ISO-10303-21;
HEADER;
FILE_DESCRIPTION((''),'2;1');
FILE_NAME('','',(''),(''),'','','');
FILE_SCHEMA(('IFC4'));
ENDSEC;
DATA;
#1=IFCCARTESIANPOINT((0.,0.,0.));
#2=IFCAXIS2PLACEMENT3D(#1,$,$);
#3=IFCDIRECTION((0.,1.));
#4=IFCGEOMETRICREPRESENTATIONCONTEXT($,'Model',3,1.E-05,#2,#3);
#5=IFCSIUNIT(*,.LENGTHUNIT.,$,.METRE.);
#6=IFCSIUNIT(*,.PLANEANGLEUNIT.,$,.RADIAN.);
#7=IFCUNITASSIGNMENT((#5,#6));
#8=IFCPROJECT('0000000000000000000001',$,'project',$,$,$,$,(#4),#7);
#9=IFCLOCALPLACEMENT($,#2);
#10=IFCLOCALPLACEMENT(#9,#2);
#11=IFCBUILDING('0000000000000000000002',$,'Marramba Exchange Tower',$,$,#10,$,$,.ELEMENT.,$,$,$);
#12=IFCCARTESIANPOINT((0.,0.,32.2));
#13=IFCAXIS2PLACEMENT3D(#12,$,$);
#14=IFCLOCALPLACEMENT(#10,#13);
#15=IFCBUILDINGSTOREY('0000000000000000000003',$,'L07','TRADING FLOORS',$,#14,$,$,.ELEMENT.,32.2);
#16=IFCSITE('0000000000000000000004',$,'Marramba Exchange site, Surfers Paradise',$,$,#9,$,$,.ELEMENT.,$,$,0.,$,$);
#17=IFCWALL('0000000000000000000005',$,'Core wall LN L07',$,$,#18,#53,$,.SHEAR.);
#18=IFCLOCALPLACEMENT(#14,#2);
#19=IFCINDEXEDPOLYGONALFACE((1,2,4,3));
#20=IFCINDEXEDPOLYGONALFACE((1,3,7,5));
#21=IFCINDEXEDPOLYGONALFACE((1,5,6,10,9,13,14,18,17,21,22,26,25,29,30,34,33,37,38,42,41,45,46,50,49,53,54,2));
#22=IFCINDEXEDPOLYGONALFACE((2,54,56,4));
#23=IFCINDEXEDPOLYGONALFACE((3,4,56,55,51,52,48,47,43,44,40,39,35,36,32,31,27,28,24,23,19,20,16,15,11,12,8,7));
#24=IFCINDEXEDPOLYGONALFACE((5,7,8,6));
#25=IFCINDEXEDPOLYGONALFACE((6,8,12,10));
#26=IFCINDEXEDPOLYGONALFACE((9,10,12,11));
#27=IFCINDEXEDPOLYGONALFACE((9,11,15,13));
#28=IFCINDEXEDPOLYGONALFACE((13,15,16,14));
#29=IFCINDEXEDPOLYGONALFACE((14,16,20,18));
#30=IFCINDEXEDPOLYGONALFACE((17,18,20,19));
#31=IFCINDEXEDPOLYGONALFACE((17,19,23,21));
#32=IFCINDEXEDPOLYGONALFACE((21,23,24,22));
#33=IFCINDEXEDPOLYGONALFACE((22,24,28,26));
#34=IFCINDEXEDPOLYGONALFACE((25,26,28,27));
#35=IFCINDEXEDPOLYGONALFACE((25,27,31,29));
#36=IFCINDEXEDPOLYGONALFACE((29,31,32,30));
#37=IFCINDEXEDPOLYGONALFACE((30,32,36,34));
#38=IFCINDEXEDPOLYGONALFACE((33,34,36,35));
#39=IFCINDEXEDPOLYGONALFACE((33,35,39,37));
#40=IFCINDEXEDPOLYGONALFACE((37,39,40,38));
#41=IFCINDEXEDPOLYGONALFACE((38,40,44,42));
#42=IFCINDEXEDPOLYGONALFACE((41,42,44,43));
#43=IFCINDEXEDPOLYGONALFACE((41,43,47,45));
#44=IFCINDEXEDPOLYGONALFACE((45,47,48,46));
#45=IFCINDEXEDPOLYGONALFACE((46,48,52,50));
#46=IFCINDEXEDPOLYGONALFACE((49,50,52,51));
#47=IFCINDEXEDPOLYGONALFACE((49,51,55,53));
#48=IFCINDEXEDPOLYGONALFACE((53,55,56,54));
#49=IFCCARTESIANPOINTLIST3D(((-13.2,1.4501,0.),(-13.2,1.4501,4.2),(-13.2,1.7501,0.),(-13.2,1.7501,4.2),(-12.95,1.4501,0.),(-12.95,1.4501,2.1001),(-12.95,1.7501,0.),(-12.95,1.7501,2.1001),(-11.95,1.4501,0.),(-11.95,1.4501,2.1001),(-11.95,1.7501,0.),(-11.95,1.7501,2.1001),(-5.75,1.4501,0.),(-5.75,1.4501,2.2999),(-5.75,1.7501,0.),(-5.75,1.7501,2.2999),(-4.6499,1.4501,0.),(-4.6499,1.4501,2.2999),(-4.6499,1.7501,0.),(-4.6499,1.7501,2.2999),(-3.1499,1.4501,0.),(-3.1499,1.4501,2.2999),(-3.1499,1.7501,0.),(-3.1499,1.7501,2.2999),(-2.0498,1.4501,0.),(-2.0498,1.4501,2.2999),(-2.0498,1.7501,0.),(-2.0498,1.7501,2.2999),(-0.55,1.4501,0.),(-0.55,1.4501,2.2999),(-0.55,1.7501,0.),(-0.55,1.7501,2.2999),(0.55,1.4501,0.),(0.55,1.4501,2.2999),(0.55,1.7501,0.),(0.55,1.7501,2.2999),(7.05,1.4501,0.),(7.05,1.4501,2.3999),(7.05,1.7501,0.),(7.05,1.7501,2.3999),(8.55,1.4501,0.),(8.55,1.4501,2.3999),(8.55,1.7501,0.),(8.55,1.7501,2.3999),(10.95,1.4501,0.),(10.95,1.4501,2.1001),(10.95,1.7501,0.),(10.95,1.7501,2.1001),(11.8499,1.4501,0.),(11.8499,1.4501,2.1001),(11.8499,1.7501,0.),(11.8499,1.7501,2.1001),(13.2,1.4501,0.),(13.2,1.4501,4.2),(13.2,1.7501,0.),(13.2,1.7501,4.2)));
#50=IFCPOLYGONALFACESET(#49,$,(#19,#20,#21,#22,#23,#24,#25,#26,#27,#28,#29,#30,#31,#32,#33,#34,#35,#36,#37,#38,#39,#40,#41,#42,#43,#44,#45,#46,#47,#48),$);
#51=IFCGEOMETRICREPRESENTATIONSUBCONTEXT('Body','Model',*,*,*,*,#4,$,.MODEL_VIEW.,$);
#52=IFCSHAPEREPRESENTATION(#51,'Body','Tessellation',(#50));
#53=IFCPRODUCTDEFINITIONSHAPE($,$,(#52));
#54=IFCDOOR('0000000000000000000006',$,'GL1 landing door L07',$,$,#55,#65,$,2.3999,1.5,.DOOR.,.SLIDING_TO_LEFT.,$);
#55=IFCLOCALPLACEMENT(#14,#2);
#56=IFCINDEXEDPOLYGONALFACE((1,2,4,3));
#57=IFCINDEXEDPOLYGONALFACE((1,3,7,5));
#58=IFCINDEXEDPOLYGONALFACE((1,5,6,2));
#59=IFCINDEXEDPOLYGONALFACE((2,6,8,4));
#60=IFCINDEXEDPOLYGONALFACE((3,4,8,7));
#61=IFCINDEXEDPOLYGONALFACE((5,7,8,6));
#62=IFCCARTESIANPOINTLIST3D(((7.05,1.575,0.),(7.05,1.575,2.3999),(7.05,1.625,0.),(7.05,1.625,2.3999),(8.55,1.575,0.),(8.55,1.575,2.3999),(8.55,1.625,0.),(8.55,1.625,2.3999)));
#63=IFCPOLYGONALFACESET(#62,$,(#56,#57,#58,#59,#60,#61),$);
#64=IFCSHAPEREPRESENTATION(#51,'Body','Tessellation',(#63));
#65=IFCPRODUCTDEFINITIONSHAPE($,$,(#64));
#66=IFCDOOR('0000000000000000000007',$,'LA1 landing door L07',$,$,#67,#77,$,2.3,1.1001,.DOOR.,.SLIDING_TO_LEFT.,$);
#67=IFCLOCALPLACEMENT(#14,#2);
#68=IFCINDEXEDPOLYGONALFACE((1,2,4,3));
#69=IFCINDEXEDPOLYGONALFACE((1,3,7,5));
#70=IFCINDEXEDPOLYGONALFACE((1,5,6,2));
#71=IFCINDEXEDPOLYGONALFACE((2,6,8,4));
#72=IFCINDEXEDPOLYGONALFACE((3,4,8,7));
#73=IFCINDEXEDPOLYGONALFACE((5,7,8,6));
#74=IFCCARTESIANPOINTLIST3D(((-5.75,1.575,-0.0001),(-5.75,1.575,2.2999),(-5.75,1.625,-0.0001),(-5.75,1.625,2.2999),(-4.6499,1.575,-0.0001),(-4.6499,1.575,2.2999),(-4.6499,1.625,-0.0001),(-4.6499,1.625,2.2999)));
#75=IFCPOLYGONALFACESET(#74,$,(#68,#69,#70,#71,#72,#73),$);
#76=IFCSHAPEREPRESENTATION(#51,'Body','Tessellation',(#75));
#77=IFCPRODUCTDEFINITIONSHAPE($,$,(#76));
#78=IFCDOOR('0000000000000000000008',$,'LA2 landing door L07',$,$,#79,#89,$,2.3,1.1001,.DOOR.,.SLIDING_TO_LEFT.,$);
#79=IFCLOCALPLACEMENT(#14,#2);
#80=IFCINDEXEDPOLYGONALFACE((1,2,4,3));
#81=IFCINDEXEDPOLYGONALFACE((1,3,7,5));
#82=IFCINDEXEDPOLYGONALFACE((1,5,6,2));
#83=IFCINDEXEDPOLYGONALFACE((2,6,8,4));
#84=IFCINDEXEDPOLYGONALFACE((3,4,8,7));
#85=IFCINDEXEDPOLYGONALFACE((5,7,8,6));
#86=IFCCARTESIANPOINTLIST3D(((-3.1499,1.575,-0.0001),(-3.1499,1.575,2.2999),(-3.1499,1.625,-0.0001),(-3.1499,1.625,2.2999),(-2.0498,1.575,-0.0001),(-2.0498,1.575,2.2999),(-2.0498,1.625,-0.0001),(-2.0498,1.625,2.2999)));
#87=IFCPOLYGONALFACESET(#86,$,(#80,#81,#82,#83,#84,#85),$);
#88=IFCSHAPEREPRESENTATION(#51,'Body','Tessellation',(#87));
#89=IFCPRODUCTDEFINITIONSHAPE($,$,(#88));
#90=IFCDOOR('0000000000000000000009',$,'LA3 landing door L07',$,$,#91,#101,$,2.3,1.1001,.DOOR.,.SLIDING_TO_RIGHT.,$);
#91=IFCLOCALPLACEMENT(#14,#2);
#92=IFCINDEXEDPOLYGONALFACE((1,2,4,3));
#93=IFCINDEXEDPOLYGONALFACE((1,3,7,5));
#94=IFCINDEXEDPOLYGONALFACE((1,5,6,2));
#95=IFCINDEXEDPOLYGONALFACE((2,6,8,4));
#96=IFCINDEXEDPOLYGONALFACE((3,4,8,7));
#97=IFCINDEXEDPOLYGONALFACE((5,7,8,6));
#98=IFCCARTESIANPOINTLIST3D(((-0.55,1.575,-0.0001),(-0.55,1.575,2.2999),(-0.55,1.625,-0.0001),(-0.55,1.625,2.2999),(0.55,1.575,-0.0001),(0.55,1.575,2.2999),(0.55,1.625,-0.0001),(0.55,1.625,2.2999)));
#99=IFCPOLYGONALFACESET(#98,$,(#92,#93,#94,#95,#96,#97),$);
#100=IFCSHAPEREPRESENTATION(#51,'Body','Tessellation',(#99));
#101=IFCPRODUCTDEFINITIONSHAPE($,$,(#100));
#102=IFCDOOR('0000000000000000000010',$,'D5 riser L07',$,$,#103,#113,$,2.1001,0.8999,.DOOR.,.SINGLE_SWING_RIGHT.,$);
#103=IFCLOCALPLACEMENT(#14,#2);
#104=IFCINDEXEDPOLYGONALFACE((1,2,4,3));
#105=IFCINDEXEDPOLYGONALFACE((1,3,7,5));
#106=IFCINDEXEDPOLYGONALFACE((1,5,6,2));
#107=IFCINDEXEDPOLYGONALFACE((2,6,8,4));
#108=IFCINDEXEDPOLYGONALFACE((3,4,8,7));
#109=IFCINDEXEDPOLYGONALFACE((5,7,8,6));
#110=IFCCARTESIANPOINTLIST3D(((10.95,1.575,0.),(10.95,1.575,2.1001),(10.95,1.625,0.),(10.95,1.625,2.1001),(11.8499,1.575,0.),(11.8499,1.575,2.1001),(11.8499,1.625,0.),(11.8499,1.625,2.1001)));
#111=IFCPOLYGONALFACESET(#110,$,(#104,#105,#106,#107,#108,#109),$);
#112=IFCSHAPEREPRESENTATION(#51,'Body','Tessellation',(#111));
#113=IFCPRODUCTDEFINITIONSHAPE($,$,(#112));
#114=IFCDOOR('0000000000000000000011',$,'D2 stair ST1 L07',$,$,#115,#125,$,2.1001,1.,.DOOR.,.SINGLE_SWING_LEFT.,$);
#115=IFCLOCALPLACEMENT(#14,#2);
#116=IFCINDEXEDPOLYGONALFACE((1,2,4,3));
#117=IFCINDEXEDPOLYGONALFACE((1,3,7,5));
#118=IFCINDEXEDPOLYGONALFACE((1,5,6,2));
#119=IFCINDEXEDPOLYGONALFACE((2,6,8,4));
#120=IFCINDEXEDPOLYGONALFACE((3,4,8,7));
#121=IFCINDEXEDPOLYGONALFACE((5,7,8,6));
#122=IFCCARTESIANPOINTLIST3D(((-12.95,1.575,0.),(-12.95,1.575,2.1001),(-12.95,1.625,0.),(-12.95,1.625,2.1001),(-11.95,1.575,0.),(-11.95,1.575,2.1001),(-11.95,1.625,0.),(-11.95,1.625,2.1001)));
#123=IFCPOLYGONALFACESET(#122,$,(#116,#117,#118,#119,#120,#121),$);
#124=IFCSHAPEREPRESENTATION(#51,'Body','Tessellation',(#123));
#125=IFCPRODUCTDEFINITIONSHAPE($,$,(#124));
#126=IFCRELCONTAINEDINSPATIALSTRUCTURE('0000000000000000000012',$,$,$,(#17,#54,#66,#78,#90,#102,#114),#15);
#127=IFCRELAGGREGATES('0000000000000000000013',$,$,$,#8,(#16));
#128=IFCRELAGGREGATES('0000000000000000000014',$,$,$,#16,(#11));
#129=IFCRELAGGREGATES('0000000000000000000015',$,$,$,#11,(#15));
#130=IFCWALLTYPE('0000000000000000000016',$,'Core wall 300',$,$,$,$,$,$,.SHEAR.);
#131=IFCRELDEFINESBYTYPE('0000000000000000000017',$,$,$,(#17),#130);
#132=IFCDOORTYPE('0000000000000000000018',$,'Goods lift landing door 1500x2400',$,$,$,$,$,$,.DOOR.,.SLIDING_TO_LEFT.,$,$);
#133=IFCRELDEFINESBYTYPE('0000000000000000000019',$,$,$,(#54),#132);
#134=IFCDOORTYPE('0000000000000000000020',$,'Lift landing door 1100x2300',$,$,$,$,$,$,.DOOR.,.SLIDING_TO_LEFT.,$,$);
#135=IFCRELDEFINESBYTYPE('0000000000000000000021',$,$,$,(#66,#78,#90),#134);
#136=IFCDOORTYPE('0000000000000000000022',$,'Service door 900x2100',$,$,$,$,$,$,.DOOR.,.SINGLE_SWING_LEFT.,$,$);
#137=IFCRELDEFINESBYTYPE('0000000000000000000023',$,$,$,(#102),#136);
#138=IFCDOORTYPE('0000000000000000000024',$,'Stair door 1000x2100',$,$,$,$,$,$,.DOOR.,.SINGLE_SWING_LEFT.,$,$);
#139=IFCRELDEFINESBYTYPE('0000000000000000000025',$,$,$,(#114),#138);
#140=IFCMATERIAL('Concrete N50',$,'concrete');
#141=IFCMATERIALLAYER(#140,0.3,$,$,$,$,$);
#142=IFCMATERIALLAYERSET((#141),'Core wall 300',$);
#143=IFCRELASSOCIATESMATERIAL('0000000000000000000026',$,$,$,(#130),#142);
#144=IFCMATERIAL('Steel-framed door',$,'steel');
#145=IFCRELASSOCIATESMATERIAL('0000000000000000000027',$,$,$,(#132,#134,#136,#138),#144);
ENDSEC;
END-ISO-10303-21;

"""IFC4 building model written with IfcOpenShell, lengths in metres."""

from ifc_helpers import new_model, si_unit, direction, frame, frame_2d, origin, place, context, subcontext, project, spatial, rectangle, extrude, material, layer, layer_set, type_object, element, fill, save


model = new_model("IFC4")

# Units and contexts
model_context = context("Model", 3, precision=1e-05, world=origin(), true_north=direction((0.0, 1.0)))
body_context = subcontext(model_context, "Body", "Model", "MODEL_VIEW")
ifc_project = project(units=[si_unit("LENGTHUNIT", "METRE"), si_unit("PLANEANGLEUNIT", "RADIAN")], contexts=[model_context])

# Site, building, storey
site_placement = place(None, origin())
site = spatial("IfcSite", under=ifc_project, at=site_placement, Name="Marramba Exchange site, Surfers Paradise", CompositionType="ELEMENT", RefElevation=0.0)
building_placement = place(site_placement, origin())
building = spatial("IfcBuilding", under=site, at=building_placement, Name="Marramba Exchange Tower", CompositionType="ELEMENT")
storey_placement = place(building_placement, frame((0.0, 0.0, 32.2)))
storey = spatial("IfcBuildingStorey", under=building, at=storey_placement, Name="L07", Description="TRADING FLOORS", CompositionType="ELEMENT", Elevation=32.2)

# Shared definitions
ifc_material_1 = material(Name="Concrete N50", Category="concrete")

# Wall, openings, doors
ifc_layer_1 = layer(ifc_material_1, 0.3)
ifc_layer_set_1 = layer_set([ifc_layer_1], Name="Core wall 300")
wall_type_1 = type_object("IfcWallType", Name="Core wall 300", PredefinedType="SHEAR", material=ifc_layer_set_1)
wall_1_placement = place(storey_placement, frame((-13.2, 1.6001, 0.0), z_axis=(0.0, 0.0, 1.0), x_axis=(1.0, 0.0, 0.0)))
wall_1 = element("IfcWall", 1, at=wall_1_placement, inside=storey, type_object=wall_type_1, Name="Core wall LN L07", PredefinedType="SHEAR", context=body_context, shape_type="SweptSolid", body=[
    extrude(rectangle(XDim=26.3999, YDim=0.3, at=frame_2d((13.2, 0.0))), origin(), (0.0, 0.0, 1.0), 4.2),
])
opening_1_placement = place(wall_1_placement, frame((0.25, 0.0, 0.0)))
opening_1 = element("IfcOpeningElement", 2, at=opening_1_placement, cuts=wall_1, PredefinedType="OPENING", context=body_context, shape_type="SweptSolid", body=[
    extrude(rectangle(XDim=1.0, YDim=2.1001, at=frame_2d((0.5, 1.05))), frame((0.0, 0.1599, 0.0), z_axis=(0.0, -1.0, 0.0), x_axis=(1.0, 0.0, 0.0)), (0.0, 0.0, 1.0), 0.3201),
])
opening_2_placement = place(wall_1_placement, frame((20.25, 0.0, 0.0)))
opening_2 = element("IfcOpeningElement", 3, at=opening_2_placement, cuts=wall_1, PredefinedType="OPENING", context=body_context, shape_type="SweptSolid", body=[
    extrude(rectangle(XDim=1.5, YDim=2.3999, at=frame_2d((0.75, 1.2))), frame((0.0, 0.1599, 0.0), z_axis=(0.0, -1.0, 0.0), x_axis=(1.0, 0.0, 0.0)), (0.0, 0.0, 1.0), 0.3201),
])
opening_3_placement = place(wall_1_placement, frame((7.45, 0.0, 0.0)))
opening_3 = element("IfcOpeningElement", 4, at=opening_3_placement, cuts=wall_1, PredefinedType="OPENING", context=body_context, shape_type="SweptSolid", body=[
    extrude(rectangle(XDim=1.1001, YDim=2.3, at=frame_2d((0.55, 1.1499))), frame((0.0, 0.1599, 0.0), z_axis=(0.0, -1.0, 0.0), x_axis=(1.0, 0.0, 0.0)), (0.0, 0.0, 1.0), 0.3201),
])
opening_4_placement = place(wall_1_placement, frame((10.05, 0.0, 0.0)))
opening_4 = element("IfcOpeningElement", 5, at=opening_4_placement, cuts=wall_1, PredefinedType="OPENING", context=body_context, shape_type="SweptSolid", body=[
    extrude(rectangle(XDim=1.1001, YDim=2.3, at=frame_2d((0.55, 1.1499))), frame((0.0, 0.1599, 0.0), z_axis=(0.0, -1.0, 0.0), x_axis=(1.0, 0.0, 0.0)), (0.0, 0.0, 1.0), 0.3201),
])
opening_5_placement = place(wall_1_placement, frame((12.6499, 0.0, 0.0)))
opening_5 = element("IfcOpeningElement", 6, at=opening_5_placement, cuts=wall_1, PredefinedType="OPENING", context=body_context, shape_type="SweptSolid", body=[
    extrude(rectangle(XDim=1.1001, YDim=2.3, at=frame_2d((0.55, 1.1499))), frame((0.0, 0.1599, 0.0), z_axis=(0.0, -1.0, 0.0), x_axis=(1.0, 0.0, 0.0)), (0.0, 0.0, 1.0), 0.3201),
])
opening_6_placement = place(wall_1_placement, frame((24.1499, 0.0, 0.0)))
opening_6 = element("IfcOpeningElement", 7, at=opening_6_placement, cuts=wall_1, PredefinedType="OPENING", context=body_context, shape_type="SweptSolid", body=[
    extrude(rectangle(XDim=0.8999, YDim=2.1001, at=frame_2d((0.45, 1.05))), frame((0.0, 0.1599, 0.0), z_axis=(0.0, -1.0, 0.0), x_axis=(1.0, 0.0, 0.0)), (0.0, 0.0, 1.0), 0.3201),
])
ifc_material_2 = material(Name="Steel-framed door", Category="steel")
door_type_1 = type_object("IfcDoorType", Name="Goods lift landing door 1500x2400", OperationType="SLIDING_TO_LEFT", PredefinedType="DOOR", material=ifc_material_2)
door_1_placement = place(opening_2_placement, origin())
door_1 = element("IfcDoor", 8, at=door_1_placement, inside=storey, type_object=door_type_1, Name="GL1 landing door L07", OperationType="SLIDING_TO_LEFT", OverallHeight=2.3999, OverallWidth=1.5, PredefinedType="DOOR", context=body_context, shape_type="SweptSolid", body=[
    extrude(rectangle(XDim=1.5, YDim=2.3999, at=frame_2d((0.75, 1.2))), frame((0.0, 0.0249, 0.0), z_axis=(0.0, -1.0, 0.0), x_axis=(1.0, 0.0, 0.0)), (0.0, 0.0, 1.0), 0.05),
])
fill(opening_2, door_1)
door_type_2 = type_object("IfcDoorType", Name="Lift landing door 1100x2300", OperationType="SLIDING_TO_LEFT", PredefinedType="DOOR", material=ifc_material_2)
door_2_placement = place(opening_3_placement, origin())
door_2 = element("IfcDoor", 9, at=door_2_placement, inside=storey, type_object=door_type_2, Name="LA1 landing door L07", OperationType="SLIDING_TO_LEFT", OverallHeight=2.3, OverallWidth=1.1001, PredefinedType="DOOR", context=body_context, shape_type="SweptSolid", body=[
    extrude(rectangle(XDim=1.1001, YDim=2.3, at=frame_2d((0.55, 1.1499))), frame((0.0, 0.0249, 0.0), z_axis=(0.0, -1.0, 0.0), x_axis=(1.0, 0.0, 0.0)), (0.0, 0.0, 1.0), 0.05),
])
fill(opening_3, door_2)
door_3_placement = place(opening_4_placement, origin())
door_3 = element("IfcDoor", 10, at=door_3_placement, inside=storey, type_object=door_type_2, Name="LA2 landing door L07", OperationType="SLIDING_TO_LEFT", OverallHeight=2.3, OverallWidth=1.1001, PredefinedType="DOOR", context=body_context, shape_type="SweptSolid", body=[
    extrude(rectangle(XDim=1.1001, YDim=2.3, at=frame_2d((0.55, 1.1499))), frame((0.0, 0.0249, 0.0), z_axis=(0.0, -1.0, 0.0), x_axis=(1.0, 0.0, 0.0)), (0.0, 0.0, 1.0), 0.05),
])
fill(opening_4, door_3)
door_4_placement = place(opening_5_placement, origin())
door_4 = element("IfcDoor", 11, at=door_4_placement, inside=storey, type_object=door_type_2, Name="LA3 landing door L07", OperationType="SLIDING_TO_RIGHT", OverallHeight=2.3, OverallWidth=1.1001, PredefinedType="DOOR", context=body_context, shape_type="SweptSolid", body=[
    extrude(rectangle(XDim=1.1001, YDim=2.3, at=frame_2d((0.55, 1.1499))), frame((0.0, 0.0249, 0.0), z_axis=(0.0, -1.0, 0.0), x_axis=(1.0, 0.0, 0.0)), (0.0, 0.0, 1.0), 0.05),
])
fill(opening_5, door_4)
door_type_3 = type_object("IfcDoorType", Name="Service door 900x2100", OperationType="SINGLE_SWING_LEFT", PredefinedType="DOOR", material=ifc_material_2)
door_5_placement = place(opening_6_placement, origin())
door_5 = element("IfcDoor", 12, at=door_5_placement, inside=storey, type_object=door_type_3, Name="D5 riser L07", OperationType="SINGLE_SWING_RIGHT", OverallHeight=2.1001, OverallWidth=0.8999, PredefinedType="DOOR", context=body_context, shape_type="SweptSolid", body=[
    extrude(rectangle(XDim=0.8999, YDim=2.1001, at=frame_2d((0.45, 1.05))), frame((0.0, 0.0249, 0.0), z_axis=(0.0, -1.0, 0.0), x_axis=(1.0, 0.0, 0.0)), (0.0, 0.0, 1.0), 0.05),
])
fill(opening_6, door_5)
door_type_4 = type_object("IfcDoorType", Name="Stair door 1000x2100", OperationType="SINGLE_SWING_LEFT", PredefinedType="DOOR", material=ifc_material_2)
door_6_placement = place(opening_1_placement, origin())
door_6 = element("IfcDoor", 13, at=door_6_placement, inside=storey, type_object=door_type_4, Name="D2 stair ST1 L07", OperationType="SINGLE_SWING_LEFT", OverallHeight=2.1001, OverallWidth=1.0, PredefinedType="DOOR", context=body_context, shape_type="SweptSolid", body=[
    extrude(rectangle(XDim=1.0, YDim=2.1001, at=frame_2d((0.5, 1.05))), frame((0.0, 0.0249, 0.0), z_axis=(0.0, -1.0, 0.0), x_axis=(1.0, 0.0, 0.0)), (0.0, 0.0, 1.0), 0.05),
])
fill(opening_1, door_6)

save(model, "model.ifc")
